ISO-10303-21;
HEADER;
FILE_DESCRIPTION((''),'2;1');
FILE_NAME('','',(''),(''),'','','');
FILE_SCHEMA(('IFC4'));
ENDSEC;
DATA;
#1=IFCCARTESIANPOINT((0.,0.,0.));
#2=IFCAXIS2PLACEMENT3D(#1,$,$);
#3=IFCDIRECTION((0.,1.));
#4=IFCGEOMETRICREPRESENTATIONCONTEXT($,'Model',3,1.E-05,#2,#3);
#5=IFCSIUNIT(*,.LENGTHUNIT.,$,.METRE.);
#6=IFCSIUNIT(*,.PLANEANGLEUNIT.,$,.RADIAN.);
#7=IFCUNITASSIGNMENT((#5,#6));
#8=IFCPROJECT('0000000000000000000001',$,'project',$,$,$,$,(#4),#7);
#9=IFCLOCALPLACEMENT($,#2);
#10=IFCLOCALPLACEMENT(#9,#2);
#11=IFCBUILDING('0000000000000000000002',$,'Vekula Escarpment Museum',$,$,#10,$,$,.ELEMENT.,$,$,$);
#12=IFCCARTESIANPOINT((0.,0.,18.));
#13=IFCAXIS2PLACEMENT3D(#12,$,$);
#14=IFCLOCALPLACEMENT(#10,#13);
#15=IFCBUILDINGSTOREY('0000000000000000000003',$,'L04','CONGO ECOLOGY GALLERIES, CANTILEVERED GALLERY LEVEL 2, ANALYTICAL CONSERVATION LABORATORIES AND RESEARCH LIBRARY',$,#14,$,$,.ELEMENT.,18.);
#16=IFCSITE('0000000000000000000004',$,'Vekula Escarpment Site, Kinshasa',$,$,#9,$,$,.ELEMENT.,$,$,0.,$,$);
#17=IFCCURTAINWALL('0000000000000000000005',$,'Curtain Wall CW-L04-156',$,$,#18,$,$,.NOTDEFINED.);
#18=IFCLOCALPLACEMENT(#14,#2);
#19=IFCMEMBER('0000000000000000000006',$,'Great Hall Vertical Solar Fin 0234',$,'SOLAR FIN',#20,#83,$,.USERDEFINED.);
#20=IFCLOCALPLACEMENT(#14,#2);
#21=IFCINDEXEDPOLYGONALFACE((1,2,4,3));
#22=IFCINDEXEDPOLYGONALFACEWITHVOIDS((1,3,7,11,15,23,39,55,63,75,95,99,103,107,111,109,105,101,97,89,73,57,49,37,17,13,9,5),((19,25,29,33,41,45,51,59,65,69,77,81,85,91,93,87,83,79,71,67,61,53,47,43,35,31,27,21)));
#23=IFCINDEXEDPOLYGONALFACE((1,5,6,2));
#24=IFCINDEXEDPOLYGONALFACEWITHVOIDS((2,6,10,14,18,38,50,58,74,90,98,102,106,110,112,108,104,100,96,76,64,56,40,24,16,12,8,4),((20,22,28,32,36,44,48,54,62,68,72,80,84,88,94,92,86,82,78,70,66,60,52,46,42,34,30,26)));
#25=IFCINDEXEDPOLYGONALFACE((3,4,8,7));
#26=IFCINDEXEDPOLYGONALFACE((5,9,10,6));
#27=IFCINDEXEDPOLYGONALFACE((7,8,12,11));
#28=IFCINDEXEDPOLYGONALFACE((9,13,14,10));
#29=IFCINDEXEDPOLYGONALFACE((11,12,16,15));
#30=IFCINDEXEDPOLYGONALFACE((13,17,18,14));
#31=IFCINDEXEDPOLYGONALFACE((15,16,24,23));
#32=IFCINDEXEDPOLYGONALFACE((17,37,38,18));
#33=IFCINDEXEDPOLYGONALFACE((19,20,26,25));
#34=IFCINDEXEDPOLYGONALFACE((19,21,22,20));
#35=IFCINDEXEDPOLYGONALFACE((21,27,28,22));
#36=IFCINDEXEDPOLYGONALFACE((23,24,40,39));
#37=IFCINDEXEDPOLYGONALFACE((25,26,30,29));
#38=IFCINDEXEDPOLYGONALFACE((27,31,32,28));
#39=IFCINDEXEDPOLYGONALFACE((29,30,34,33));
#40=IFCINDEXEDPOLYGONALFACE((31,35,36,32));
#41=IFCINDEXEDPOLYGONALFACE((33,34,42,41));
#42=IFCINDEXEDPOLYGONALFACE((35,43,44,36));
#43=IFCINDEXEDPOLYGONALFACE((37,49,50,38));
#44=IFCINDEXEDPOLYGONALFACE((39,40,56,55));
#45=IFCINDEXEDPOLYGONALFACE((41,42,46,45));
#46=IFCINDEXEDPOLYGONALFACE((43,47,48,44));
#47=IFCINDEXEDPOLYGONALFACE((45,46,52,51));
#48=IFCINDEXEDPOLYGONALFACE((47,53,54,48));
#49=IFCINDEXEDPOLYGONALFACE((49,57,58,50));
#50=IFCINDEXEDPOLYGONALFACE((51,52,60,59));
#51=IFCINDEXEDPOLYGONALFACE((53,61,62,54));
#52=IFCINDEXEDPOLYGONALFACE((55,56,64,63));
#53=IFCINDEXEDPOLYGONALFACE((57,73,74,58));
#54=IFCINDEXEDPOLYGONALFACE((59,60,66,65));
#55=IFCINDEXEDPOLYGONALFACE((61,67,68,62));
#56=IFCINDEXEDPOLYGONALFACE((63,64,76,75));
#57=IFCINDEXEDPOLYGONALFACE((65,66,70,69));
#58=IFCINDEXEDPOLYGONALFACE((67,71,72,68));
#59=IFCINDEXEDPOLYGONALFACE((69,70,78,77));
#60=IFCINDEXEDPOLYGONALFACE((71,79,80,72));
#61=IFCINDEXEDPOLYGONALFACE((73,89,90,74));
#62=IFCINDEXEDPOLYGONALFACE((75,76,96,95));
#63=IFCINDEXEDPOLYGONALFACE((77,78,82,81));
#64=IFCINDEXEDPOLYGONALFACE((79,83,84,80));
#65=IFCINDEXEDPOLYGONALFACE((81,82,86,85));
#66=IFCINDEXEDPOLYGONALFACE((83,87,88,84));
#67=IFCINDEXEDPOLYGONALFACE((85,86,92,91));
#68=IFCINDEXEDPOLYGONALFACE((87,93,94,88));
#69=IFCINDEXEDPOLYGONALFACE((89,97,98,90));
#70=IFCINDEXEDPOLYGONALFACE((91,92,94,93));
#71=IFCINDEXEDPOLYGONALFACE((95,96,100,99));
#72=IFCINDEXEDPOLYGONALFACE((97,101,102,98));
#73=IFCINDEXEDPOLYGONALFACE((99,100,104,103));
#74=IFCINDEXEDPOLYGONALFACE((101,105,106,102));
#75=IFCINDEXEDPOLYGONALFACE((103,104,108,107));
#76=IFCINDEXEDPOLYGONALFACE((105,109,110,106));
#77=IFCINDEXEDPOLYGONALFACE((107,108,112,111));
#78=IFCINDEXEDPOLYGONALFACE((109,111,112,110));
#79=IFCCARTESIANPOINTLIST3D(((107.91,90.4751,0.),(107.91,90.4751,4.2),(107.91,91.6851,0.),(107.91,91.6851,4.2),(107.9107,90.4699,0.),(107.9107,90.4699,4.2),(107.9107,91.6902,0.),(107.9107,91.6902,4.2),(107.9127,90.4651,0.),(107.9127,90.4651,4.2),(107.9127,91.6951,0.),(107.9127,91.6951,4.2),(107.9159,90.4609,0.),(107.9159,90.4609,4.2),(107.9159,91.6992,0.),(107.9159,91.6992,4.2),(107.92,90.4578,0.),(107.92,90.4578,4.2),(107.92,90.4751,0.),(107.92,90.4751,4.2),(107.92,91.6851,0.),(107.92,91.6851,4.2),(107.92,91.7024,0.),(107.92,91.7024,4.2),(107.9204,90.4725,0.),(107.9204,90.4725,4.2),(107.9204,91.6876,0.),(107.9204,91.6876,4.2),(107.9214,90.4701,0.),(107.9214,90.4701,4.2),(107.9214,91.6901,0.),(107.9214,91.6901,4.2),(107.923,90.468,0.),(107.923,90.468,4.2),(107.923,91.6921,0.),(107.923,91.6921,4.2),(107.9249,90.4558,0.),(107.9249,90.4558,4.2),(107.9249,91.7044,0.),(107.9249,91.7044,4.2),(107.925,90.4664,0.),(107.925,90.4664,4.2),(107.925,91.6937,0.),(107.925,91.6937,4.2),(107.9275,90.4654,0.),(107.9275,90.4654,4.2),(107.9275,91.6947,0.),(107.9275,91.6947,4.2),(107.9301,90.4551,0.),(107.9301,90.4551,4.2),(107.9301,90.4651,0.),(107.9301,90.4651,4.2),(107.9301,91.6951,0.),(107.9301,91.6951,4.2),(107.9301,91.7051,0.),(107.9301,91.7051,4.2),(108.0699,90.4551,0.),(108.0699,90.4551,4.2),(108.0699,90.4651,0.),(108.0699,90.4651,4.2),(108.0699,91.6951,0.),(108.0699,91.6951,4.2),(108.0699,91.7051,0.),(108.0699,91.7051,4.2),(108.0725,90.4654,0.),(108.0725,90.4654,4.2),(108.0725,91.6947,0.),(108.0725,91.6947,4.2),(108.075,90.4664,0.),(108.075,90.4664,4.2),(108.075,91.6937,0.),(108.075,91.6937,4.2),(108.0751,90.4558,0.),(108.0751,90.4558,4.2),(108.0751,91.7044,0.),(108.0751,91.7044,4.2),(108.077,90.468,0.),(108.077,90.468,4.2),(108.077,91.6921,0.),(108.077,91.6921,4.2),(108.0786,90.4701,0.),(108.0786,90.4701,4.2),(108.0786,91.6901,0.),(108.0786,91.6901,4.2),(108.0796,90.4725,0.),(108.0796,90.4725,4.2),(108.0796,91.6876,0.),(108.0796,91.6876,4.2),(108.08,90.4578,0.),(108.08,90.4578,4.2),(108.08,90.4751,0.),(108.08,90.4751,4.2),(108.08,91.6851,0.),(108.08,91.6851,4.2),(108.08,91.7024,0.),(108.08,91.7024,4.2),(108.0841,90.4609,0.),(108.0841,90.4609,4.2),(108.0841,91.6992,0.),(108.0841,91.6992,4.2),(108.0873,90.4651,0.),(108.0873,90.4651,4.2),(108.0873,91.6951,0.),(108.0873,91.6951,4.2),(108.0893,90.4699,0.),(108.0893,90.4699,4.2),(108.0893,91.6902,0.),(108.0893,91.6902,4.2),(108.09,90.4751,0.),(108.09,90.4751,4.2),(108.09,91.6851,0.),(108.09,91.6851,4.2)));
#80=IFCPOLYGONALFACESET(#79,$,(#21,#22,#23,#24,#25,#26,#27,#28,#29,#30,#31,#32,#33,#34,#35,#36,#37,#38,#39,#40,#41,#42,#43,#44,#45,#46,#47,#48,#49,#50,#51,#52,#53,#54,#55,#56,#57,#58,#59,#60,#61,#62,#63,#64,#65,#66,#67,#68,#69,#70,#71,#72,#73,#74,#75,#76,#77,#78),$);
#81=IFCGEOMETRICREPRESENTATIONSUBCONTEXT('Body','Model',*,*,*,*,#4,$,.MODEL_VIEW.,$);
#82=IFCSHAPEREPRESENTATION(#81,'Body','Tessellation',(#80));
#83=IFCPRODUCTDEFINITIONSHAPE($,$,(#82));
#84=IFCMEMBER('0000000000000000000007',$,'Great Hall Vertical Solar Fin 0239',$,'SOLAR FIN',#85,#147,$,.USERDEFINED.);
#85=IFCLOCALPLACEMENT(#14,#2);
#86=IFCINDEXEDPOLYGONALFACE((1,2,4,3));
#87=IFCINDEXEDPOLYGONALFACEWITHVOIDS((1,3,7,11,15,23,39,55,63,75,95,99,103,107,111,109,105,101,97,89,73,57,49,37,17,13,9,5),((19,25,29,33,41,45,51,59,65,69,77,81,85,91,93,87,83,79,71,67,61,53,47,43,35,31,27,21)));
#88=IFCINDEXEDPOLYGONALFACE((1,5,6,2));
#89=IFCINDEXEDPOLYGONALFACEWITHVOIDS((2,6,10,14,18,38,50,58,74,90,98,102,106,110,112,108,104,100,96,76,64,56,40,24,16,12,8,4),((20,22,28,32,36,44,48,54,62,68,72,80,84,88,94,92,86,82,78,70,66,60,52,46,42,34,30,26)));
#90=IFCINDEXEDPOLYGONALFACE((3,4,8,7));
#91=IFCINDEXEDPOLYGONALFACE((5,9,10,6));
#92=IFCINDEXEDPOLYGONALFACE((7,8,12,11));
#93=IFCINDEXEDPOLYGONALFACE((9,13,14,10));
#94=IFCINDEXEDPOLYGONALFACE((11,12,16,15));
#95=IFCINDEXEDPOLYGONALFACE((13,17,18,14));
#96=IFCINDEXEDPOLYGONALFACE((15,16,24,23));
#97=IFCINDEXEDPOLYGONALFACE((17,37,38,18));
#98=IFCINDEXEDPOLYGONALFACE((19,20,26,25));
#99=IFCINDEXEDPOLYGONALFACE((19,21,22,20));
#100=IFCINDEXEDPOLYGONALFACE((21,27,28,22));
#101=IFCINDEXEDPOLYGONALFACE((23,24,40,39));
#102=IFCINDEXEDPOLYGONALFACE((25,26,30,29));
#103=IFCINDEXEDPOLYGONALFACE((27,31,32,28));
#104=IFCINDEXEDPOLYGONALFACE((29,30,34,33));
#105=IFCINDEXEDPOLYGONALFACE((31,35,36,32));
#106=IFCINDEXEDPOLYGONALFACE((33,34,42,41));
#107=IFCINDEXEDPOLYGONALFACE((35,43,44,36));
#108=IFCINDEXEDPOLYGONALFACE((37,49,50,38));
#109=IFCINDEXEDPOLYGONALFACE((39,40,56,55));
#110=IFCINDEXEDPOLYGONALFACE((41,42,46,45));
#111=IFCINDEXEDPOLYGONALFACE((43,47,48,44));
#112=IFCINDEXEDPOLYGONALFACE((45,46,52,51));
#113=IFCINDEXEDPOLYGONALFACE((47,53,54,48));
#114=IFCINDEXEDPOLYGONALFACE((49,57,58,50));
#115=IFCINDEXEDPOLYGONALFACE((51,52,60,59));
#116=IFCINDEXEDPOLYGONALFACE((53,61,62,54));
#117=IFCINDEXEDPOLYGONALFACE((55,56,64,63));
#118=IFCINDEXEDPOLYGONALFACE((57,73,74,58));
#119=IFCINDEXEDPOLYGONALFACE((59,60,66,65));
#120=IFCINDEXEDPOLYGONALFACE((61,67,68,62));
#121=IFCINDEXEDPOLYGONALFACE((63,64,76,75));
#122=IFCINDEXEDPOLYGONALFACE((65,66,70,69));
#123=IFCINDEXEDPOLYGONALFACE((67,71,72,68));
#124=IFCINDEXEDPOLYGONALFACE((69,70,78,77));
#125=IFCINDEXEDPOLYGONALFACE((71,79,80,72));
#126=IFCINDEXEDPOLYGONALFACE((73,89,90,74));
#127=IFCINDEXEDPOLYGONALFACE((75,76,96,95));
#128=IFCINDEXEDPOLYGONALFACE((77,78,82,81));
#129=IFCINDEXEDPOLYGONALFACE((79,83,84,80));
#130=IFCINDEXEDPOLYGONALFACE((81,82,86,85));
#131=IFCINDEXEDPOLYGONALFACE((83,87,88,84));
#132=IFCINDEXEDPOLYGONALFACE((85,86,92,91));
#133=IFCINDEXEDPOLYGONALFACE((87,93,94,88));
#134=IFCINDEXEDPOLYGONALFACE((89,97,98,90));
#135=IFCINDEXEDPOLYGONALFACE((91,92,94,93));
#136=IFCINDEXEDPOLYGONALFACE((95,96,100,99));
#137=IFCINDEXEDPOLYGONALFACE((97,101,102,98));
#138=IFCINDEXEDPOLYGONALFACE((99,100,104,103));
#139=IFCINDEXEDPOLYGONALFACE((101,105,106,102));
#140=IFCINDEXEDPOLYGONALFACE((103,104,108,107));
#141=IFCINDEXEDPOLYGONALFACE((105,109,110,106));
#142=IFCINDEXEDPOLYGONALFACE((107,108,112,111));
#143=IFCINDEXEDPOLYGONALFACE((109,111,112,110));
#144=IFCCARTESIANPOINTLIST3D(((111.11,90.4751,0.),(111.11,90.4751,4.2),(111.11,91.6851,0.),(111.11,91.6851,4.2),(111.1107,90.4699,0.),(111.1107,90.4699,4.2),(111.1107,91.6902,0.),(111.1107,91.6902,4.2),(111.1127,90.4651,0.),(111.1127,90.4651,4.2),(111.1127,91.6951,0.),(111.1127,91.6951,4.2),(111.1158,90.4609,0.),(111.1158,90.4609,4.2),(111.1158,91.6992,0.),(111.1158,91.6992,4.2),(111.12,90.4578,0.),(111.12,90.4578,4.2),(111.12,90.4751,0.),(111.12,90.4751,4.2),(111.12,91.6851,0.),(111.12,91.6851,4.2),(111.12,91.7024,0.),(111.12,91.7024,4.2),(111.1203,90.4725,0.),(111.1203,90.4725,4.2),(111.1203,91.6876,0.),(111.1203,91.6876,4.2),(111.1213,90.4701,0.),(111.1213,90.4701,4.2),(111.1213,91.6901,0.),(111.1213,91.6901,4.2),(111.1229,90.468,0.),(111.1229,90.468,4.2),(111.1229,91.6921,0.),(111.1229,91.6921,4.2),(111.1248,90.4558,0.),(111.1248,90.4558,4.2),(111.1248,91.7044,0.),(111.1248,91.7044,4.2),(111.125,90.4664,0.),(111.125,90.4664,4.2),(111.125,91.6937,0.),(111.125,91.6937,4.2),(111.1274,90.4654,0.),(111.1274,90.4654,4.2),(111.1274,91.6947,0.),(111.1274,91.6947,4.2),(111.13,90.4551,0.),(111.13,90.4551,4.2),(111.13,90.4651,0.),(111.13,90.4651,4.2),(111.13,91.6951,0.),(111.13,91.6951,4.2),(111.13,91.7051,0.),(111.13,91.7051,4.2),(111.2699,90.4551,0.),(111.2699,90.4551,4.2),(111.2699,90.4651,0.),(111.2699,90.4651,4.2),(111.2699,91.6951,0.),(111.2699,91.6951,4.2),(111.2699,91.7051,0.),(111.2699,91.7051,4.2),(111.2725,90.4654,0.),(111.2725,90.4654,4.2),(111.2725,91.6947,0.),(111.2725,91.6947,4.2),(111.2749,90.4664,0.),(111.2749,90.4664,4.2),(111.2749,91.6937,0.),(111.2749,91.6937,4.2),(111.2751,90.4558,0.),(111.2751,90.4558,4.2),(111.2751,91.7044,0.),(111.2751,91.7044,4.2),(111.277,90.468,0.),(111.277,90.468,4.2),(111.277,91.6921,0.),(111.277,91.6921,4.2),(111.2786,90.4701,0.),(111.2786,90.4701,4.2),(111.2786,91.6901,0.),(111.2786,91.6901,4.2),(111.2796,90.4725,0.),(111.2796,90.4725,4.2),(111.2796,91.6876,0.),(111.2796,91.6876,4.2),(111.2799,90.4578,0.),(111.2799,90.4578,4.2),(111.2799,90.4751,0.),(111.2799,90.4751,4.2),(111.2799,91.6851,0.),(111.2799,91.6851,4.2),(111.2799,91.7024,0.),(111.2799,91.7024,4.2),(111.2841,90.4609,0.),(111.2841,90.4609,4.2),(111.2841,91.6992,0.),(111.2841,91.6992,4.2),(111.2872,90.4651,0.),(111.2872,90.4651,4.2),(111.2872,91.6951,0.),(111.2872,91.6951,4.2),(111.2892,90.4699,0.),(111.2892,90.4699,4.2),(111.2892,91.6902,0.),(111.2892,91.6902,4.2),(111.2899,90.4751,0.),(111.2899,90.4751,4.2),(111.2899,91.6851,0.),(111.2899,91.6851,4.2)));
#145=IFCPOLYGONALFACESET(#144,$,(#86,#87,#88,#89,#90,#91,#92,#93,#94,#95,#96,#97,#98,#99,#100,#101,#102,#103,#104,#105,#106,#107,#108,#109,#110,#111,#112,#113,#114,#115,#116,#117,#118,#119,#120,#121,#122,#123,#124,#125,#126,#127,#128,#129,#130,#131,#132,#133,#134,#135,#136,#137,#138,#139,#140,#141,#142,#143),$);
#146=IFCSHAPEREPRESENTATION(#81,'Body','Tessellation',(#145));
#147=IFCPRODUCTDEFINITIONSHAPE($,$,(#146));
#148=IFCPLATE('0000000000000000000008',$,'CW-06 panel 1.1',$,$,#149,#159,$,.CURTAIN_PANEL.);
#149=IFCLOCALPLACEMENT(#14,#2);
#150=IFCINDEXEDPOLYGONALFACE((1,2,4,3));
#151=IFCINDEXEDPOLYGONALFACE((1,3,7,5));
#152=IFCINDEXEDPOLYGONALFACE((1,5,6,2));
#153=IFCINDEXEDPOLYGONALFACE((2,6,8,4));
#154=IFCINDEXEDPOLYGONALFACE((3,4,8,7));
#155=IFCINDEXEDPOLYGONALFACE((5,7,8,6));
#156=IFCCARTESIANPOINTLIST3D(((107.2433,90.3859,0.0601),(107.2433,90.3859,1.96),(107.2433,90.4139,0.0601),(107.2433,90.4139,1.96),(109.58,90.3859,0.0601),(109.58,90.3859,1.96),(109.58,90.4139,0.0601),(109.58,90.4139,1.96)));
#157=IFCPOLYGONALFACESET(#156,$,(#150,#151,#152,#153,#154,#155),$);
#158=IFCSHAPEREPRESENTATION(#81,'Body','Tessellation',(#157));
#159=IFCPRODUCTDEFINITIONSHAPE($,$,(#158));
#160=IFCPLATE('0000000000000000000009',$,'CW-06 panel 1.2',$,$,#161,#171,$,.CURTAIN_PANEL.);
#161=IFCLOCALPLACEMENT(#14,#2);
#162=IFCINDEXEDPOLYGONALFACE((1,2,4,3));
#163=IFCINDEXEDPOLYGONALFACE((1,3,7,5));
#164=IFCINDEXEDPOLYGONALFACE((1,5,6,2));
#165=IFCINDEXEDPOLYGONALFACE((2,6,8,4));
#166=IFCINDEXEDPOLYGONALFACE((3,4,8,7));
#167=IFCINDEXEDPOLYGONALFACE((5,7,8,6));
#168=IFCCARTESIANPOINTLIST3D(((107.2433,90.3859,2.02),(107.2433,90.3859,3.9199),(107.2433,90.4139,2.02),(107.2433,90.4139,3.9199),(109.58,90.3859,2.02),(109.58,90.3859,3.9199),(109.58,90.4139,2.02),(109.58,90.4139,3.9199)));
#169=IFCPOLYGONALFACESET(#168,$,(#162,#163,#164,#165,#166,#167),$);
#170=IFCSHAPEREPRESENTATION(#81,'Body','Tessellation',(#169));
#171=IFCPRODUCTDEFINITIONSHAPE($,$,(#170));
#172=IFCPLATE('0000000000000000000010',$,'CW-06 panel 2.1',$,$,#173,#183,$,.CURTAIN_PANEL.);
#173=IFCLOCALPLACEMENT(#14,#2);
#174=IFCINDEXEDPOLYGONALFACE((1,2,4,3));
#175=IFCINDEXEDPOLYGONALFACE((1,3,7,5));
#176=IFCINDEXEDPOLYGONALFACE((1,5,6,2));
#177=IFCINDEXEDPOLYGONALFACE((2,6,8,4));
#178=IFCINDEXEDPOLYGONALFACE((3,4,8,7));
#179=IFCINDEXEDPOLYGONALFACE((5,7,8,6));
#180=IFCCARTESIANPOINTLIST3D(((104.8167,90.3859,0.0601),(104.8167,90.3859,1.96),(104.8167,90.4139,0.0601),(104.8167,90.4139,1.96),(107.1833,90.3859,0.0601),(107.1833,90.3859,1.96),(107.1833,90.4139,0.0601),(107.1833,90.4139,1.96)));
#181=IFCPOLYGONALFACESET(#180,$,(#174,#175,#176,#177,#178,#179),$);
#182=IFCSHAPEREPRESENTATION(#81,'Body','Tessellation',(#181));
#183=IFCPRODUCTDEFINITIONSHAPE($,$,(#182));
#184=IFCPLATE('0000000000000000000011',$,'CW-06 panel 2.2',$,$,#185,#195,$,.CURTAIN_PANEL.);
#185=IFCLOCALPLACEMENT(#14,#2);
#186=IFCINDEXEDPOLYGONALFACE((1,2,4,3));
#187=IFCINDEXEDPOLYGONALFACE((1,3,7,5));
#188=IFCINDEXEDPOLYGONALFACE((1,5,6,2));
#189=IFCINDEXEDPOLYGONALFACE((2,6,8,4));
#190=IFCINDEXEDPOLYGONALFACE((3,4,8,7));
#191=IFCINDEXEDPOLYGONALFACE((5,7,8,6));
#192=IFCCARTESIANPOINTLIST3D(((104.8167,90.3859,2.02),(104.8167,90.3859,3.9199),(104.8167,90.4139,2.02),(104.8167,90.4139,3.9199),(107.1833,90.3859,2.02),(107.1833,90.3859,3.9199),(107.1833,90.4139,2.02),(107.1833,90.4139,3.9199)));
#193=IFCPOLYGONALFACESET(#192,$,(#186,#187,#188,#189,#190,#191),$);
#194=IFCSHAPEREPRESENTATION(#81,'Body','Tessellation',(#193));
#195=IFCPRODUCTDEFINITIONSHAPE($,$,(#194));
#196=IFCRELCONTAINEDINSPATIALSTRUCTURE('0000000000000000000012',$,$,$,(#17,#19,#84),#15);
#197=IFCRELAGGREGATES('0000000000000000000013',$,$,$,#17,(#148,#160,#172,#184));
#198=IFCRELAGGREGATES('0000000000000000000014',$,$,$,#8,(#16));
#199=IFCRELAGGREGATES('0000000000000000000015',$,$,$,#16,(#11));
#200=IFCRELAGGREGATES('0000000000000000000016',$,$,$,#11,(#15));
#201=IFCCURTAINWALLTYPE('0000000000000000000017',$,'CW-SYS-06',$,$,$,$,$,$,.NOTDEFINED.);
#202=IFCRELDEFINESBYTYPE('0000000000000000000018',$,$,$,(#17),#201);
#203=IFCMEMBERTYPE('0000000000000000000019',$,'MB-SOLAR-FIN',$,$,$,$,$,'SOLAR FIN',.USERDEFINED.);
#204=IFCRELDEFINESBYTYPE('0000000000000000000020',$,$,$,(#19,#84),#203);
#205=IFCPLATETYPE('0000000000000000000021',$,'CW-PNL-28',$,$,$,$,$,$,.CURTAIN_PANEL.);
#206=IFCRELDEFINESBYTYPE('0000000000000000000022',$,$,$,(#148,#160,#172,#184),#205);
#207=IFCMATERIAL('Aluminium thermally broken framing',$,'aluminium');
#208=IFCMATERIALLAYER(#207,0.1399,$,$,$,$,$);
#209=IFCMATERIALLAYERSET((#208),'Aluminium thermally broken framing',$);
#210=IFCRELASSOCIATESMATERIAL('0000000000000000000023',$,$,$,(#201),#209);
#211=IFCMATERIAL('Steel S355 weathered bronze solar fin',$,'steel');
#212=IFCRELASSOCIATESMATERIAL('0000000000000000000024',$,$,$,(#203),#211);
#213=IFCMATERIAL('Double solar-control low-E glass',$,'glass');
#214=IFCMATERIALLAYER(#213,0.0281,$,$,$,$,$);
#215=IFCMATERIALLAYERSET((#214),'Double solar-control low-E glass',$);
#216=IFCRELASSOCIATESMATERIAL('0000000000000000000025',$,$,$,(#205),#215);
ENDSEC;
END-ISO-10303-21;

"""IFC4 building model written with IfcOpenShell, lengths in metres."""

from ifc_helpers import new_model, si_unit, direction, frame, origin, origin_2d, place, context, subcontext, project, spatial, rectangle, hollow_rectangle, extrude, material, layer, layer_set, material_profile, profile_set, type_object, element, aggregate, save


model = new_model("IFC4")

# Units and contexts
model_context = context("Model", 3, precision=1e-05, world=origin(), true_north=direction((0.0, 1.0)))
body_context = subcontext(model_context, "Body", "Model", "MODEL_VIEW")
ifc_project = project(units=[si_unit("LENGTHUNIT", "METRE"), si_unit("PLANEANGLEUNIT", "RADIAN")], contexts=[model_context])

# Site, building, storey
site_placement = place(None, origin())
site = spatial("IfcSite", under=ifc_project, at=site_placement, Name="Vekula Escarpment Site, Kinshasa", CompositionType="ELEMENT", RefElevation=0.0)
building_placement = place(site_placement, origin())
building = spatial("IfcBuilding", under=site, at=building_placement, Name="Vekula Escarpment Museum", CompositionType="ELEMENT")
storey_placement = place(building_placement, frame((0.0, 0.0, 18.0)))
storey = spatial("IfcBuildingStorey", under=building, at=storey_placement, Name="L04", Description="CONGO ECOLOGY GALLERIES, CANTILEVERED GALLERY LEVEL 2, ANALYTICAL CONSERVATION LABORATORIES AND RESEARCH LIBRARY", CompositionType="ELEMENT", Elevation=18.0)

# Curtain wall
ifc_material_1 = material(Name="Aluminium thermally broken framing", Category="aluminium")
ifc_layer_1 = layer(ifc_material_1, 0.1399)
ifc_layer_set_1 = layer_set([ifc_layer_1], Name="Aluminium thermally broken framing")
curtain_wall_type_1 = type_object("IfcCurtainWallType", Name="CW-SYS-06", PredefinedType="NOTDEFINED", material=ifc_layer_set_1)
curtain_wall_1_placement = place(storey_placement, origin())
curtain_wall_1 = element("IfcCurtainWall", 1, at=curtain_wall_1_placement, inside=storey, type_object=curtain_wall_type_1, Name="Curtain Wall CW-L04-156", PredefinedType="NOTDEFINED")

# Members
ifc_material_2 = material(Name="Steel S355 weathered bronze solar fin", Category="steel")
ifc_material_profile_1 = material_profile(ifc_material_2, hollow_rectangle(XDim=0.1799, YDim=1.25, WallThickness=0.01, InnerFilletRadius=0.01, OuterFilletRadius=0.02, at=origin_2d()), Name="RHS 1250x180x10")
ifc_profile_set_1 = profile_set([ifc_material_profile_1], Name="Steel S355 weathered bronze solar fin")
member_type_1 = type_object("IfcMemberType", Name="MB-SOLAR-FIN", ElementType="SOLAR FIN", PredefinedType="USERDEFINED", material=ifc_profile_set_1)
for number, where, z_axis, x_axis, name in (
    (2, (108.0, 91.0801, 0.0), (0.0, 0.0, 1.0), (1.0, 0.0, 0.0), "Great Hall Vertical Solar Fin 0234"),
    (3, (111.2, 91.0801, 0.0), (0.0, 0.0, 1.0), (1.0, 0.0, 0.0), "Great Hall Vertical Solar Fin 0239"),
):
    element("IfcMember", number, at=place(storey_placement, frame(where, z_axis=z_axis, x_axis=x_axis)), inside=storey, type_object=member_type_1, Name=name, ObjectType="SOLAR FIN", PredefinedType="USERDEFINED", context=body_context, shape_type="SweptSolid", body=[
        extrude(hollow_rectangle(XDim=0.1799, YDim=1.25, WallThickness=0.01, InnerFilletRadius=0.01, OuterFilletRadius=0.02, at=origin_2d()), origin(), (0.0, 0.0, 1.0), 4.2),
    ])

# Plates
ifc_material_3 = material(Name="Double solar-control low-E glass", Category="glass")
ifc_layer_2 = layer(ifc_material_3, 0.0281)
ifc_layer_set_2 = layer_set([ifc_layer_2], Name="Double solar-control low-E glass")
plate_type_1 = type_object("IfcPlateType", Name="CW-PNL-28", PredefinedType="CURTAIN_PANEL", material=ifc_layer_set_2)
plate_1_placement = place(storey_placement, frame((108.4116, 90.3999, 0.0601), z_axis=(0.0, 0.0, 1.0), x_axis=(-1.0, 0.0, 0.0)))
plate_1 = element("IfcPlate", 4, at=plate_1_placement, type_object=plate_type_1, Name="CW-06 panel 1.1", PredefinedType="CURTAIN_PANEL", context=body_context, shape_type="SweptSolid", body=[
    extrude(rectangle(XDim=2.3367, YDim=0.0281, at=origin_2d()), origin(), (0.0, 0.0, 1.0), 1.8999),
])
plate_2_placement = place(storey_placement, frame((108.4116, 90.3999, 2.02), z_axis=(0.0, 0.0, 1.0), x_axis=(-1.0, 0.0, 0.0)))
plate_2 = element("IfcPlate", 5, at=plate_2_placement, type_object=plate_type_1, Name="CW-06 panel 1.2", PredefinedType="CURTAIN_PANEL", context=body_context, shape_type="SweptSolid", body=[
    extrude(rectangle(XDim=2.3367, YDim=0.0281, at=origin_2d()), origin(), (0.0, 0.0, 1.0), 1.8999),
])
plate_3_placement = place(storey_placement, frame((106.0, 90.3999, 0.0601), z_axis=(0.0, 0.0, 1.0), x_axis=(-1.0, 0.0, 0.0)))
plate_3 = element("IfcPlate", 6, at=plate_3_placement, type_object=plate_type_1, Name="CW-06 panel 2.1", PredefinedType="CURTAIN_PANEL", context=body_context, shape_type="SweptSolid", body=[
    extrude(rectangle(XDim=2.3667, YDim=0.0281, at=origin_2d()), origin(), (0.0, 0.0, 1.0), 1.8999),
])
plate_4_placement = place(storey_placement, frame((106.0, 90.3999, 2.02), z_axis=(0.0, 0.0, 1.0), x_axis=(-1.0, 0.0, 0.0)))
plate_4 = element("IfcPlate", 7, at=plate_4_placement, type_object=plate_type_1, Name="CW-06 panel 2.2", PredefinedType="CURTAIN_PANEL", context=body_context, shape_type="SweptSolid", body=[
    extrude(rectangle(XDim=2.3667, YDim=0.0281, at=origin_2d()), origin(), (0.0, 0.0, 1.0), 1.8999),
])
aggregate(curtain_wall_1, [plate_1, plate_2, plate_3, plate_4])

save(model, "model.ifc")
